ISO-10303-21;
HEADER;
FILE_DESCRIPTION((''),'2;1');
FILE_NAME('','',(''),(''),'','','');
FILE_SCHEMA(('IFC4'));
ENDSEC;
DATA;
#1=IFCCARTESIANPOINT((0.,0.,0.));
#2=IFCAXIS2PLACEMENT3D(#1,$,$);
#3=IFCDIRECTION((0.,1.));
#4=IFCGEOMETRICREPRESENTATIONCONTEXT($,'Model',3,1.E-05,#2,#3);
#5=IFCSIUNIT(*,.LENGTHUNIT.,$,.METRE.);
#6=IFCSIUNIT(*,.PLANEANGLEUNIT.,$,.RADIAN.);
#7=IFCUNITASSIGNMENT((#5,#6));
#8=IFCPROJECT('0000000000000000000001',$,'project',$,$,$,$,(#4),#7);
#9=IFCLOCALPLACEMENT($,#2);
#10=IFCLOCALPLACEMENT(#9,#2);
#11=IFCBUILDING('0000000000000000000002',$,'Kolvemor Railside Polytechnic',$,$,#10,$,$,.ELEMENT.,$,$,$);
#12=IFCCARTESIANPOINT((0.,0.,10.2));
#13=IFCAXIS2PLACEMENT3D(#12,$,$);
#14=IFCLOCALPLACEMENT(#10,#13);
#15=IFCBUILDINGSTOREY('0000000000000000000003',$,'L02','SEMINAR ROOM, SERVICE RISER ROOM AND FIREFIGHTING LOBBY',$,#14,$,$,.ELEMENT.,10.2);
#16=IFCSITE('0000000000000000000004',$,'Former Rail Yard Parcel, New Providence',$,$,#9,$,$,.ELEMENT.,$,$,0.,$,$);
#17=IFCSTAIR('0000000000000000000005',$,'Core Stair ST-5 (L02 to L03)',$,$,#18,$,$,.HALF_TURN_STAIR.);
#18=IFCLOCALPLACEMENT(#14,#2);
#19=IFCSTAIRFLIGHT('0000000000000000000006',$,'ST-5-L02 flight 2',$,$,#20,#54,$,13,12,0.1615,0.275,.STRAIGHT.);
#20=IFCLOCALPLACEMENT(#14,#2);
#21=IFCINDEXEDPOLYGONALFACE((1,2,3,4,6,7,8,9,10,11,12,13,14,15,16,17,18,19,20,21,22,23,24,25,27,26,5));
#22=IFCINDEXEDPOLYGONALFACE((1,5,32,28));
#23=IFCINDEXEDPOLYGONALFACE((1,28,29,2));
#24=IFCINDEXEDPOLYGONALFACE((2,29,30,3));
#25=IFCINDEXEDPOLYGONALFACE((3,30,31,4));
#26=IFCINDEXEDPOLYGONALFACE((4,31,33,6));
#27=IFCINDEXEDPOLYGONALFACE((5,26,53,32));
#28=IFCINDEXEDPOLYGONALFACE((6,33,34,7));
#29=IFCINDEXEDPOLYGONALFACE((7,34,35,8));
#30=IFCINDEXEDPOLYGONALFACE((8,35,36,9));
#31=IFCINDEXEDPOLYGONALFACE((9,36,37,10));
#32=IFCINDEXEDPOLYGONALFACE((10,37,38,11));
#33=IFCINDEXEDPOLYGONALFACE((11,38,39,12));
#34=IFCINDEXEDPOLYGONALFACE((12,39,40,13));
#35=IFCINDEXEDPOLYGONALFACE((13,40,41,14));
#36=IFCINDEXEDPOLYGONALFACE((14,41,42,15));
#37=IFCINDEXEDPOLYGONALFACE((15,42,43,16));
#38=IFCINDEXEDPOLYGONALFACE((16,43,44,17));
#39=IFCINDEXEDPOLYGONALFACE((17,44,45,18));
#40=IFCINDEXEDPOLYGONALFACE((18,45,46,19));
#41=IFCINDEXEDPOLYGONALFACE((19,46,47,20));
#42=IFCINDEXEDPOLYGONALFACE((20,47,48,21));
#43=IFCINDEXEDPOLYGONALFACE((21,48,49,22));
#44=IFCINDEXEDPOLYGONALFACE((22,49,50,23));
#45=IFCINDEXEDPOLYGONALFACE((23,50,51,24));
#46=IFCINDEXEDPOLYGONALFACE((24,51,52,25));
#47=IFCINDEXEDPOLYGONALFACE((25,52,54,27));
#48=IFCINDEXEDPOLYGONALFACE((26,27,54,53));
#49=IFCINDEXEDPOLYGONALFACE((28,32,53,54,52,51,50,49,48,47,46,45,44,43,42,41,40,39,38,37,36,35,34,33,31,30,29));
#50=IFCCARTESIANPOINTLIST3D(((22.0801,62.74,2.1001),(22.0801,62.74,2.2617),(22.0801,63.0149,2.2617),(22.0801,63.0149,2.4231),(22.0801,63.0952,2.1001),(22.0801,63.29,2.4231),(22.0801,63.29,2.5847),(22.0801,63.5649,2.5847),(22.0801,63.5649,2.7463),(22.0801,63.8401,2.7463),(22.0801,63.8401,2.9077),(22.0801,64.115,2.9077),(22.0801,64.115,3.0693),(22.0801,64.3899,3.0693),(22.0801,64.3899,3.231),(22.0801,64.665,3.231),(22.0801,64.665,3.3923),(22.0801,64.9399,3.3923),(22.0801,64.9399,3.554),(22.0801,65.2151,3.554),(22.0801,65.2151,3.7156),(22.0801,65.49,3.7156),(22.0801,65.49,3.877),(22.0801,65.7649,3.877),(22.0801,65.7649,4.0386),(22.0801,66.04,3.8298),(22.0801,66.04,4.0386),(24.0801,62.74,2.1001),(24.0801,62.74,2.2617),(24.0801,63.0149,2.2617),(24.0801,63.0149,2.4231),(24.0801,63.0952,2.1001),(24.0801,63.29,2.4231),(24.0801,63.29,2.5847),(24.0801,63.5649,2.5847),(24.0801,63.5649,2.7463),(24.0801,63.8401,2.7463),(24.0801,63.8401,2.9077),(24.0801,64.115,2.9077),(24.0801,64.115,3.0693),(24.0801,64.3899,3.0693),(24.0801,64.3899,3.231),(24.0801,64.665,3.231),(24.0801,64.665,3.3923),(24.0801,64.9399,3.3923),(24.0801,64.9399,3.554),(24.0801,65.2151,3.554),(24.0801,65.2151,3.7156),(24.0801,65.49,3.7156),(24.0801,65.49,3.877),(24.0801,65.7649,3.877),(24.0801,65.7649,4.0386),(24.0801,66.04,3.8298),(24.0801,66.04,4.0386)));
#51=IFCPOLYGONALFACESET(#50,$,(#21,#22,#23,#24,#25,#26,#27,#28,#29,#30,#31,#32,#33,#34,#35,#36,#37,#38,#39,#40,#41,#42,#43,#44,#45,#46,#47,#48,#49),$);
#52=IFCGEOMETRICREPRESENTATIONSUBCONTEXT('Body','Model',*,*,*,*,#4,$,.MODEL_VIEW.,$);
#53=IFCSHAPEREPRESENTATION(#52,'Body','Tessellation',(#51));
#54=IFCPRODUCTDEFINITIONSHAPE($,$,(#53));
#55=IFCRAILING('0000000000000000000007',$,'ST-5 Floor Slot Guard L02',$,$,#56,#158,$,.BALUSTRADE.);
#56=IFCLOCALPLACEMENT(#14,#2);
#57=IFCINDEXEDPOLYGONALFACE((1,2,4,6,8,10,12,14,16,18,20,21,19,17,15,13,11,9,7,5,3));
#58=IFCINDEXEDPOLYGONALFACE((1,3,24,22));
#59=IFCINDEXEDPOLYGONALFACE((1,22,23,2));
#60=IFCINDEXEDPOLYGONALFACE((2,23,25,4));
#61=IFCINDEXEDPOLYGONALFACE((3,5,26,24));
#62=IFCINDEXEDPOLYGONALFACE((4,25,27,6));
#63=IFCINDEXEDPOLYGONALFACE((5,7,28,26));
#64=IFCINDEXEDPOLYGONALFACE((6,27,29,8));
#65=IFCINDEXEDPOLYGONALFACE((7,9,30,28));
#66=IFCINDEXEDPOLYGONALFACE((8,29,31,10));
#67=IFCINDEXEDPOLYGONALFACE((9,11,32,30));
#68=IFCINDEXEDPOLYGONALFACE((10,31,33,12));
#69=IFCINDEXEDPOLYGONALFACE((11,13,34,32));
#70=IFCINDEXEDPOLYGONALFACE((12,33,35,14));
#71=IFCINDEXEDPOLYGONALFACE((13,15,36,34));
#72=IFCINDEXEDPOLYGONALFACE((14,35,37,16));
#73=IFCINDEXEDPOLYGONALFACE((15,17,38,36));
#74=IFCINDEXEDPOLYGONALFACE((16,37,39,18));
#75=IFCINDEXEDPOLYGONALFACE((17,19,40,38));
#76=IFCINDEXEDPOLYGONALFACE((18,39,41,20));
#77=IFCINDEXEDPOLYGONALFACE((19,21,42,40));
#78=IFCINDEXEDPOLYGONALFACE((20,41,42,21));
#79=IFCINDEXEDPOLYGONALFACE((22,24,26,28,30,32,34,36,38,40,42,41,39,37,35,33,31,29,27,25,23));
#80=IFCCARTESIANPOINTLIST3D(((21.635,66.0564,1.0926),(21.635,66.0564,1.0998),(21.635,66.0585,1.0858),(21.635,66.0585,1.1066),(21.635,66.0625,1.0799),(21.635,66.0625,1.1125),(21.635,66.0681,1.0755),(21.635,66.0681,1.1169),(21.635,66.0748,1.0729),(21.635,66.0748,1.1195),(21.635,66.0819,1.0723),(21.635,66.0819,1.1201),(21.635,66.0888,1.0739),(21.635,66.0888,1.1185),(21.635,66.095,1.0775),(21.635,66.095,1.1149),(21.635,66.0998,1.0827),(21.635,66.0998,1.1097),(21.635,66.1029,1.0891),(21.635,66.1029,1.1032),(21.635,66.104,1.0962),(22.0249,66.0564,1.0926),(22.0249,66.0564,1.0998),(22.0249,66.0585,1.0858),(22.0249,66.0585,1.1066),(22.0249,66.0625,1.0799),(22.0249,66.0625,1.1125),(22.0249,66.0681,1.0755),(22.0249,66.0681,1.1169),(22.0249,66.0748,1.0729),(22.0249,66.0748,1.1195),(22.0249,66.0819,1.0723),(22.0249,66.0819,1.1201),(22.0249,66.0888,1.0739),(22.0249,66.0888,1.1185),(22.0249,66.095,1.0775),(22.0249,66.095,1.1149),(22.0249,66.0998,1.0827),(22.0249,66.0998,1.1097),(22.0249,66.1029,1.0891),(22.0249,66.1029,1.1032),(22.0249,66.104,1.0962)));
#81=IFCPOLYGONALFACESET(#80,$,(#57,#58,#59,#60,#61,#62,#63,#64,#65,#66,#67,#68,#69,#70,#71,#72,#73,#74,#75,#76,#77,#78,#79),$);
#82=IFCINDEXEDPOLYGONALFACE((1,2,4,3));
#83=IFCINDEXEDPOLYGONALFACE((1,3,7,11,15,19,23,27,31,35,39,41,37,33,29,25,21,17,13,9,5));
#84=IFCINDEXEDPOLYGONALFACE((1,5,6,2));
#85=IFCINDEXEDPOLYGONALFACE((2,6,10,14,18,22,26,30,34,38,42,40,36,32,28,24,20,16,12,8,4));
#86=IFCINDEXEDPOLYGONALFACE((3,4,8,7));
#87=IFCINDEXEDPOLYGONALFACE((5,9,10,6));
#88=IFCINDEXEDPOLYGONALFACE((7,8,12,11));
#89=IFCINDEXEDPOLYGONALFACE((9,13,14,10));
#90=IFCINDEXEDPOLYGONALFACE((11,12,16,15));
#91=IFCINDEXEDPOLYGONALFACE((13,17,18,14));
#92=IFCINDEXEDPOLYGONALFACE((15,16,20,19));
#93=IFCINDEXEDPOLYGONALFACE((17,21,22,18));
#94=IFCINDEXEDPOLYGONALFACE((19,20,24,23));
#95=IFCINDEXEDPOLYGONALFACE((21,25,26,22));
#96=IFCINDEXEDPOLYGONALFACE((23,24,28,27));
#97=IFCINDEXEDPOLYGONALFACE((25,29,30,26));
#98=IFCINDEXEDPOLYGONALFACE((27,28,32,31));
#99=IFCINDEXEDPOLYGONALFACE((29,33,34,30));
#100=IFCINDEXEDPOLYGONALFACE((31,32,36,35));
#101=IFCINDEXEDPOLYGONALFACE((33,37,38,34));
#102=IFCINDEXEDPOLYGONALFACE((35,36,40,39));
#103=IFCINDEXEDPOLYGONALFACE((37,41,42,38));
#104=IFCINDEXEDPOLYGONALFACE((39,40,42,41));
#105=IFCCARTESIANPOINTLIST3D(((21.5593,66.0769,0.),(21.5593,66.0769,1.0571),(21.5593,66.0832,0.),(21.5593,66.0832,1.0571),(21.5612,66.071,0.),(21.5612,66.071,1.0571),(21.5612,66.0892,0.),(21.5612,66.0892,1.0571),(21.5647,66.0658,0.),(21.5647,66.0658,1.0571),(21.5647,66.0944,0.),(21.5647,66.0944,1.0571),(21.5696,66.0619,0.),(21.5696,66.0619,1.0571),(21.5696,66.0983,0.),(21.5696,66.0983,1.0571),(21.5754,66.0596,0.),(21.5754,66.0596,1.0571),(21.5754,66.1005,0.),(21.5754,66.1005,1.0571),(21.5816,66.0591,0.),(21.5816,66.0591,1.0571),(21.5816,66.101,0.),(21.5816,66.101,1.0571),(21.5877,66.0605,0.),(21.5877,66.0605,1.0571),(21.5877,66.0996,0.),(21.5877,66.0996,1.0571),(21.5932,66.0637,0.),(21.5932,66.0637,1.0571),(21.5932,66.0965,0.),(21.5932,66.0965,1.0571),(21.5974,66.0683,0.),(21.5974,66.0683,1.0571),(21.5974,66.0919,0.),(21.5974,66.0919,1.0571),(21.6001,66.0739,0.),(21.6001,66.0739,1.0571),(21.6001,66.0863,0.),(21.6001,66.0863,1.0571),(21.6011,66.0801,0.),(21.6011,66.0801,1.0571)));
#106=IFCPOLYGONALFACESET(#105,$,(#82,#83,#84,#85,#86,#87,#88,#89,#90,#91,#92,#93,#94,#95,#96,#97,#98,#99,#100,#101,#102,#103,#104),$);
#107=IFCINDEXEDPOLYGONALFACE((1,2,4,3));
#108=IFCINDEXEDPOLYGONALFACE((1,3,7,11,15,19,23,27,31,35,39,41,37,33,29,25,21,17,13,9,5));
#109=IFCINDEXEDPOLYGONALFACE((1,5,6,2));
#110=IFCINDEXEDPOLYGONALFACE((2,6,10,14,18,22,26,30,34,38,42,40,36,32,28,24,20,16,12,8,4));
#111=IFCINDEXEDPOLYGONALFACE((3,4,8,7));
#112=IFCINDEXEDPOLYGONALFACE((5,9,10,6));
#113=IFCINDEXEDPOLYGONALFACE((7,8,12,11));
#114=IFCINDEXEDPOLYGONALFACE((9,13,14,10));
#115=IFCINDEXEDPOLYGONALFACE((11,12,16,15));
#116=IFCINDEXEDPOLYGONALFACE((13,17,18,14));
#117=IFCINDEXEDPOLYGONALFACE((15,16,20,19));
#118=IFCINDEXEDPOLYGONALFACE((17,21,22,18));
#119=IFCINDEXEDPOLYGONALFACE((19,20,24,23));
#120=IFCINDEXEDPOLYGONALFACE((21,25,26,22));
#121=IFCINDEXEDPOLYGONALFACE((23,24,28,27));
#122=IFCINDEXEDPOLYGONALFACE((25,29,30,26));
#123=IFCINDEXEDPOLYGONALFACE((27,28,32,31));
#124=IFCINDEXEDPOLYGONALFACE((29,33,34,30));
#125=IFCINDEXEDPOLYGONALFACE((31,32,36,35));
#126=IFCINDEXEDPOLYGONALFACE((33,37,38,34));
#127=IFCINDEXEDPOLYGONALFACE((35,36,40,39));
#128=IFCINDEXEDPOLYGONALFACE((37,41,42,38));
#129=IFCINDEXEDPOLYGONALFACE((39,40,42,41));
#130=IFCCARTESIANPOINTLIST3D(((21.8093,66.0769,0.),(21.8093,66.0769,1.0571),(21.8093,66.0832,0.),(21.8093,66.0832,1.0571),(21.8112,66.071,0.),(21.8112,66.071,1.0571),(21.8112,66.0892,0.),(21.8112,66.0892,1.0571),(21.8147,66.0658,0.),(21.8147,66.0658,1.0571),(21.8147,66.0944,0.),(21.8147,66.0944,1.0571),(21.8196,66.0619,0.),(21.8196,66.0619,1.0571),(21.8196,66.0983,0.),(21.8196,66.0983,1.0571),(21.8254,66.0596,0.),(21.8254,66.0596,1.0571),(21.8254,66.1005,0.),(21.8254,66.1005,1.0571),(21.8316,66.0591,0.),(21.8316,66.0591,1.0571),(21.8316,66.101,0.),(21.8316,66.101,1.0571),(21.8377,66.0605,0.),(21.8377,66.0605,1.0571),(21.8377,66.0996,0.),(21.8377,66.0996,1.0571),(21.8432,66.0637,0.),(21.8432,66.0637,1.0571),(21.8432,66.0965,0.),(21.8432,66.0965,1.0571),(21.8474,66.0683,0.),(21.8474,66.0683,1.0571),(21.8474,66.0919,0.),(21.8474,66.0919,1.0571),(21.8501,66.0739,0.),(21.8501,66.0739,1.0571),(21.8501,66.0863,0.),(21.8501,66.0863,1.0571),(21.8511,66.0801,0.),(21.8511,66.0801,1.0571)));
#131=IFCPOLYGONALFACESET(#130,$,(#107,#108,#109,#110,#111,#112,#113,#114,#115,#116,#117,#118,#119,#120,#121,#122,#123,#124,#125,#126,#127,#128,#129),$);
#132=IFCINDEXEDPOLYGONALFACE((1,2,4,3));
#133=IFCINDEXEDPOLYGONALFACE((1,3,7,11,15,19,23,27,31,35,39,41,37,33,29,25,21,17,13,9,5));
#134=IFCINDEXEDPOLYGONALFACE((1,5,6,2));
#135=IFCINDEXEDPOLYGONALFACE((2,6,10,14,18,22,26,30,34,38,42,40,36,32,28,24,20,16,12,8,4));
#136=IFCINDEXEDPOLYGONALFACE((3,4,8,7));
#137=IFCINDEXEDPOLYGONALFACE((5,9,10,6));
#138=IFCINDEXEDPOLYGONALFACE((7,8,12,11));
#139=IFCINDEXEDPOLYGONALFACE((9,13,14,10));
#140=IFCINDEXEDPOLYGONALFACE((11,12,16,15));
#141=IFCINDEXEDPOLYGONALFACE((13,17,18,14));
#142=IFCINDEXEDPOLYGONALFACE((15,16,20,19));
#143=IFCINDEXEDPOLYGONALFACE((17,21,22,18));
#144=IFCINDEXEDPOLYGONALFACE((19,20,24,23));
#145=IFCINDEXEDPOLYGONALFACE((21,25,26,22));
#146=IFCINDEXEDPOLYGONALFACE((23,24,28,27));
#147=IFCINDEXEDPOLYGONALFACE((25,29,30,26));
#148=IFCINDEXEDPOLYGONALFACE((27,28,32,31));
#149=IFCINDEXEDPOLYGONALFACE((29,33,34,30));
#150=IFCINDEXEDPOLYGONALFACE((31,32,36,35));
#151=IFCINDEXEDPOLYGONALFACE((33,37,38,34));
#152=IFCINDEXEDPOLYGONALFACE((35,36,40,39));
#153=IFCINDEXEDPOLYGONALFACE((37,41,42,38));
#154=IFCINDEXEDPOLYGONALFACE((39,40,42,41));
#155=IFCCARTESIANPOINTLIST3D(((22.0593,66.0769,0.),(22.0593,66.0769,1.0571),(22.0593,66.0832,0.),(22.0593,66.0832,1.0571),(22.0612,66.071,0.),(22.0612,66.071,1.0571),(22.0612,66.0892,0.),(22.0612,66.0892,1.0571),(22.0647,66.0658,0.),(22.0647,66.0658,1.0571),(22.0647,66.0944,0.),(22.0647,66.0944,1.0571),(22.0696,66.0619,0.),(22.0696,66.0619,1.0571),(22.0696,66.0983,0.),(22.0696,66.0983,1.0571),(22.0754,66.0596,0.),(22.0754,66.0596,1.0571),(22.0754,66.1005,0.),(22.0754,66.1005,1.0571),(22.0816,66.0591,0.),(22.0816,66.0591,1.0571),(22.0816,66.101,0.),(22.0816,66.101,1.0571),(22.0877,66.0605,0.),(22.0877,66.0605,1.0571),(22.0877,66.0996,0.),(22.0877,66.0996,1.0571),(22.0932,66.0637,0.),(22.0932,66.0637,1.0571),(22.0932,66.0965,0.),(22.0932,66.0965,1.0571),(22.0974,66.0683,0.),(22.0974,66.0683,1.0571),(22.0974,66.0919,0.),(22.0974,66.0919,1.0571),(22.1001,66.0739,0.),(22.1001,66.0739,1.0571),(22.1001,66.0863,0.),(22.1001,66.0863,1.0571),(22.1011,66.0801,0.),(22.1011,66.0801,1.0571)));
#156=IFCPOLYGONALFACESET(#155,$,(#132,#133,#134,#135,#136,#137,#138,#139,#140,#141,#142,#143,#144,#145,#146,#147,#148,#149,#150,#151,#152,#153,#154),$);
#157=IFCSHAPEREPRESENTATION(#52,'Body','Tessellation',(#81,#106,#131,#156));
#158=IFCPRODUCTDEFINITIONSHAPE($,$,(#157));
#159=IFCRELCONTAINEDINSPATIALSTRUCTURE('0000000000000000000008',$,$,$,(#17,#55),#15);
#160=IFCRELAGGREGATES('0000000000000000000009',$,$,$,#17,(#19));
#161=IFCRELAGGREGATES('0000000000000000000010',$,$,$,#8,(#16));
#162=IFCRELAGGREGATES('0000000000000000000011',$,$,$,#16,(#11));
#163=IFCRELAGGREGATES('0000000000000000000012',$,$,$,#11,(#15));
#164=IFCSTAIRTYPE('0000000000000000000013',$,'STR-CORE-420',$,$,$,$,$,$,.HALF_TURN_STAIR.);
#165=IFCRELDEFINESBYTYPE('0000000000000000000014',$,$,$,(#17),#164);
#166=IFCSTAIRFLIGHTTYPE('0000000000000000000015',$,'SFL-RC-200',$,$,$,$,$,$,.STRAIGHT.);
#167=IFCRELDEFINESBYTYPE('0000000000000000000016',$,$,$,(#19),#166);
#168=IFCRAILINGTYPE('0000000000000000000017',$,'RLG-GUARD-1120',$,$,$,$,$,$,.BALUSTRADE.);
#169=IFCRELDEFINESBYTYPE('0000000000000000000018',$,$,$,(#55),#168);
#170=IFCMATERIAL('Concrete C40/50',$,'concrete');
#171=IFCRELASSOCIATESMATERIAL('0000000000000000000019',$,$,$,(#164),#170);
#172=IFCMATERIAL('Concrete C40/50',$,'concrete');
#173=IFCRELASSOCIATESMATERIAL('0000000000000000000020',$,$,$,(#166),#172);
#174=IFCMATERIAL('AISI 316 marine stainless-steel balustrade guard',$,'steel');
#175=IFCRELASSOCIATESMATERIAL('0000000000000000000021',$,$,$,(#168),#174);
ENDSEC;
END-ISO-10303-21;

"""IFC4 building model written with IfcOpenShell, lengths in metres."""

from ifc_helpers import new_model, si_unit, direction, frame, origin, origin_2d, place, context, subcontext, project, spatial, polyline, circle, outline, extrude, material, type_object, element, aggregate, save


model = new_model("IFC4")

# Units and contexts
model_context = context("Model", 3, precision=1e-05, world=origin(), true_north=direction((0.0, 1.0)))
body_context = subcontext(model_context, "Body", "Model", "MODEL_VIEW")
ifc_project = project(units=[si_unit("LENGTHUNIT", "METRE"), si_unit("PLANEANGLEUNIT", "RADIAN")], contexts=[model_context])

# Site, building, storey
site_placement = place(None, origin())
site = spatial("IfcSite", under=ifc_project, at=site_placement, Name="Former Rail Yard Parcel, New Providence", CompositionType="ELEMENT", RefElevation=0.0)
building_placement = place(site_placement, origin())
building = spatial("IfcBuilding", under=site, at=building_placement, Name="Kolvemor Railside Polytechnic", CompositionType="ELEMENT")
storey_placement = place(building_placement, frame((0.0, 0.0, 10.2)))
storey = spatial("IfcBuildingStorey", under=building, at=storey_placement, Name="L02", Description="SEMINAR ROOM, SERVICE RISER ROOM AND FIREFIGHTING LOBBY", CompositionType="ELEMENT", Elevation=10.2)

# Stair, stair flight
ifc_material_1 = material(Name="Concrete C40/50", Category="concrete")
stair_type = type_object("IfcStairType", Name="STR-CORE-420", PredefinedType="HALF_TURN_STAIR", material=ifc_material_1)
stair_placement = place(storey_placement, origin())
stair = element("IfcStair", 1, at=stair_placement, inside=storey, type_object=stair_type, Name="Core Stair ST-5 (L02 to L03)", PredefinedType="HALF_TURN_STAIR")
ifc_material_2 = material(Name="Concrete C40/50", Category="concrete")
stair_flight_type = type_object("IfcStairFlightType", Name="SFL-RC-200", PredefinedType="STRAIGHT", material=ifc_material_2)
stair_flight_1_placement = place(storey_placement, frame((23.0801, 62.74, 2.1001), z_axis=(0.0, 0.0, 1.0), x_axis=(0.0, 1.0, 0.0)))
stair_flight_1 = element("IfcStairFlight", 2, at=stair_flight_1_placement, type_object=stair_flight_type, Name="ST-5-L02 flight 2", NumberOfRisers=13, NumberOfTreads=12, PredefinedType="STRAIGHT", RiserHeight=0.1615, TreadLength=0.275, context=body_context, shape_type="SweptSolid", body=[
    extrude(outline(polyline([(0.0, 0.0), (0.0, 0.1616), (0.2749, 0.1616), (0.2749, 0.323), (0.55, 0.323), (0.55, 0.4846), (0.825, 0.4846), (0.825, 0.6462), (1.1001, 0.6462), (1.1001, 0.8076), (1.375, 0.8076), (1.375, 0.9692), (1.6499, 0.9692), (1.6499, 1.1309), (1.925, 1.1309), (1.925, 1.2922), (2.2, 1.2922), (2.2, 1.4539), (2.4751, 1.4539), (2.4751, 1.6155), (2.75, 1.6155), (2.75, 1.7769), (3.0249, 1.7769), (3.0249, 1.9385), (3.3, 1.9385), (3.3, 2.1001), (3.3, 1.7297), (0.3552, 0.0), (0.0, 0.0)])), frame((0.0, 1.0, 0.0), z_axis=(0.0, -1.0, 0.0), x_axis=(1.0, 0.0, 0.0)), (0.0, 0.0, 1.0), 2.0),
])
aggregate(stair, [stair_flight_1])

# Railing
ifc_material_3 = material(Name="AISI 316 marine stainless-steel balustrade guard", Category="steel")
railing_type_1 = type_object("IfcRailingType", Name="RLG-GUARD-1120", PredefinedType="BALUSTRADE", material=ifc_material_3)
railing_1_placement = place(storey_placement, frame((21.5801, 66.0801, 0.0)))
element("IfcRailing", 3, at=railing_1_placement, inside=storey, type_object=railing_type_1, Name="ST-5 Floor Slot Guard L02", PredefinedType="BALUSTRADE", context=body_context, shape_type="SweptSolid", body=[
    extrude(circle(Radius=0.0239, at=origin_2d()), frame((0.0549, 0.0, 1.0962), z_axis=(1.0, 0.0, 0.0), x_axis=(0.0, 1.0, 0.0)), (0.0, 0.0, 1.0), 0.3899),
    extrude(circle(Radius=0.021, at=origin_2d()), origin(), (0.0, 0.0, 1.0), 1.0571),
    extrude(circle(Radius=0.021, at=origin_2d()), frame((0.25, 0.0, 0.0)), (0.0, 0.0, 1.0), 1.0571),
    extrude(circle(Radius=0.021, at=origin_2d()), frame((0.5, 0.0, 0.0)), (0.0, 0.0, 1.0), 1.0571),
])

save(model, "model.ifc")
